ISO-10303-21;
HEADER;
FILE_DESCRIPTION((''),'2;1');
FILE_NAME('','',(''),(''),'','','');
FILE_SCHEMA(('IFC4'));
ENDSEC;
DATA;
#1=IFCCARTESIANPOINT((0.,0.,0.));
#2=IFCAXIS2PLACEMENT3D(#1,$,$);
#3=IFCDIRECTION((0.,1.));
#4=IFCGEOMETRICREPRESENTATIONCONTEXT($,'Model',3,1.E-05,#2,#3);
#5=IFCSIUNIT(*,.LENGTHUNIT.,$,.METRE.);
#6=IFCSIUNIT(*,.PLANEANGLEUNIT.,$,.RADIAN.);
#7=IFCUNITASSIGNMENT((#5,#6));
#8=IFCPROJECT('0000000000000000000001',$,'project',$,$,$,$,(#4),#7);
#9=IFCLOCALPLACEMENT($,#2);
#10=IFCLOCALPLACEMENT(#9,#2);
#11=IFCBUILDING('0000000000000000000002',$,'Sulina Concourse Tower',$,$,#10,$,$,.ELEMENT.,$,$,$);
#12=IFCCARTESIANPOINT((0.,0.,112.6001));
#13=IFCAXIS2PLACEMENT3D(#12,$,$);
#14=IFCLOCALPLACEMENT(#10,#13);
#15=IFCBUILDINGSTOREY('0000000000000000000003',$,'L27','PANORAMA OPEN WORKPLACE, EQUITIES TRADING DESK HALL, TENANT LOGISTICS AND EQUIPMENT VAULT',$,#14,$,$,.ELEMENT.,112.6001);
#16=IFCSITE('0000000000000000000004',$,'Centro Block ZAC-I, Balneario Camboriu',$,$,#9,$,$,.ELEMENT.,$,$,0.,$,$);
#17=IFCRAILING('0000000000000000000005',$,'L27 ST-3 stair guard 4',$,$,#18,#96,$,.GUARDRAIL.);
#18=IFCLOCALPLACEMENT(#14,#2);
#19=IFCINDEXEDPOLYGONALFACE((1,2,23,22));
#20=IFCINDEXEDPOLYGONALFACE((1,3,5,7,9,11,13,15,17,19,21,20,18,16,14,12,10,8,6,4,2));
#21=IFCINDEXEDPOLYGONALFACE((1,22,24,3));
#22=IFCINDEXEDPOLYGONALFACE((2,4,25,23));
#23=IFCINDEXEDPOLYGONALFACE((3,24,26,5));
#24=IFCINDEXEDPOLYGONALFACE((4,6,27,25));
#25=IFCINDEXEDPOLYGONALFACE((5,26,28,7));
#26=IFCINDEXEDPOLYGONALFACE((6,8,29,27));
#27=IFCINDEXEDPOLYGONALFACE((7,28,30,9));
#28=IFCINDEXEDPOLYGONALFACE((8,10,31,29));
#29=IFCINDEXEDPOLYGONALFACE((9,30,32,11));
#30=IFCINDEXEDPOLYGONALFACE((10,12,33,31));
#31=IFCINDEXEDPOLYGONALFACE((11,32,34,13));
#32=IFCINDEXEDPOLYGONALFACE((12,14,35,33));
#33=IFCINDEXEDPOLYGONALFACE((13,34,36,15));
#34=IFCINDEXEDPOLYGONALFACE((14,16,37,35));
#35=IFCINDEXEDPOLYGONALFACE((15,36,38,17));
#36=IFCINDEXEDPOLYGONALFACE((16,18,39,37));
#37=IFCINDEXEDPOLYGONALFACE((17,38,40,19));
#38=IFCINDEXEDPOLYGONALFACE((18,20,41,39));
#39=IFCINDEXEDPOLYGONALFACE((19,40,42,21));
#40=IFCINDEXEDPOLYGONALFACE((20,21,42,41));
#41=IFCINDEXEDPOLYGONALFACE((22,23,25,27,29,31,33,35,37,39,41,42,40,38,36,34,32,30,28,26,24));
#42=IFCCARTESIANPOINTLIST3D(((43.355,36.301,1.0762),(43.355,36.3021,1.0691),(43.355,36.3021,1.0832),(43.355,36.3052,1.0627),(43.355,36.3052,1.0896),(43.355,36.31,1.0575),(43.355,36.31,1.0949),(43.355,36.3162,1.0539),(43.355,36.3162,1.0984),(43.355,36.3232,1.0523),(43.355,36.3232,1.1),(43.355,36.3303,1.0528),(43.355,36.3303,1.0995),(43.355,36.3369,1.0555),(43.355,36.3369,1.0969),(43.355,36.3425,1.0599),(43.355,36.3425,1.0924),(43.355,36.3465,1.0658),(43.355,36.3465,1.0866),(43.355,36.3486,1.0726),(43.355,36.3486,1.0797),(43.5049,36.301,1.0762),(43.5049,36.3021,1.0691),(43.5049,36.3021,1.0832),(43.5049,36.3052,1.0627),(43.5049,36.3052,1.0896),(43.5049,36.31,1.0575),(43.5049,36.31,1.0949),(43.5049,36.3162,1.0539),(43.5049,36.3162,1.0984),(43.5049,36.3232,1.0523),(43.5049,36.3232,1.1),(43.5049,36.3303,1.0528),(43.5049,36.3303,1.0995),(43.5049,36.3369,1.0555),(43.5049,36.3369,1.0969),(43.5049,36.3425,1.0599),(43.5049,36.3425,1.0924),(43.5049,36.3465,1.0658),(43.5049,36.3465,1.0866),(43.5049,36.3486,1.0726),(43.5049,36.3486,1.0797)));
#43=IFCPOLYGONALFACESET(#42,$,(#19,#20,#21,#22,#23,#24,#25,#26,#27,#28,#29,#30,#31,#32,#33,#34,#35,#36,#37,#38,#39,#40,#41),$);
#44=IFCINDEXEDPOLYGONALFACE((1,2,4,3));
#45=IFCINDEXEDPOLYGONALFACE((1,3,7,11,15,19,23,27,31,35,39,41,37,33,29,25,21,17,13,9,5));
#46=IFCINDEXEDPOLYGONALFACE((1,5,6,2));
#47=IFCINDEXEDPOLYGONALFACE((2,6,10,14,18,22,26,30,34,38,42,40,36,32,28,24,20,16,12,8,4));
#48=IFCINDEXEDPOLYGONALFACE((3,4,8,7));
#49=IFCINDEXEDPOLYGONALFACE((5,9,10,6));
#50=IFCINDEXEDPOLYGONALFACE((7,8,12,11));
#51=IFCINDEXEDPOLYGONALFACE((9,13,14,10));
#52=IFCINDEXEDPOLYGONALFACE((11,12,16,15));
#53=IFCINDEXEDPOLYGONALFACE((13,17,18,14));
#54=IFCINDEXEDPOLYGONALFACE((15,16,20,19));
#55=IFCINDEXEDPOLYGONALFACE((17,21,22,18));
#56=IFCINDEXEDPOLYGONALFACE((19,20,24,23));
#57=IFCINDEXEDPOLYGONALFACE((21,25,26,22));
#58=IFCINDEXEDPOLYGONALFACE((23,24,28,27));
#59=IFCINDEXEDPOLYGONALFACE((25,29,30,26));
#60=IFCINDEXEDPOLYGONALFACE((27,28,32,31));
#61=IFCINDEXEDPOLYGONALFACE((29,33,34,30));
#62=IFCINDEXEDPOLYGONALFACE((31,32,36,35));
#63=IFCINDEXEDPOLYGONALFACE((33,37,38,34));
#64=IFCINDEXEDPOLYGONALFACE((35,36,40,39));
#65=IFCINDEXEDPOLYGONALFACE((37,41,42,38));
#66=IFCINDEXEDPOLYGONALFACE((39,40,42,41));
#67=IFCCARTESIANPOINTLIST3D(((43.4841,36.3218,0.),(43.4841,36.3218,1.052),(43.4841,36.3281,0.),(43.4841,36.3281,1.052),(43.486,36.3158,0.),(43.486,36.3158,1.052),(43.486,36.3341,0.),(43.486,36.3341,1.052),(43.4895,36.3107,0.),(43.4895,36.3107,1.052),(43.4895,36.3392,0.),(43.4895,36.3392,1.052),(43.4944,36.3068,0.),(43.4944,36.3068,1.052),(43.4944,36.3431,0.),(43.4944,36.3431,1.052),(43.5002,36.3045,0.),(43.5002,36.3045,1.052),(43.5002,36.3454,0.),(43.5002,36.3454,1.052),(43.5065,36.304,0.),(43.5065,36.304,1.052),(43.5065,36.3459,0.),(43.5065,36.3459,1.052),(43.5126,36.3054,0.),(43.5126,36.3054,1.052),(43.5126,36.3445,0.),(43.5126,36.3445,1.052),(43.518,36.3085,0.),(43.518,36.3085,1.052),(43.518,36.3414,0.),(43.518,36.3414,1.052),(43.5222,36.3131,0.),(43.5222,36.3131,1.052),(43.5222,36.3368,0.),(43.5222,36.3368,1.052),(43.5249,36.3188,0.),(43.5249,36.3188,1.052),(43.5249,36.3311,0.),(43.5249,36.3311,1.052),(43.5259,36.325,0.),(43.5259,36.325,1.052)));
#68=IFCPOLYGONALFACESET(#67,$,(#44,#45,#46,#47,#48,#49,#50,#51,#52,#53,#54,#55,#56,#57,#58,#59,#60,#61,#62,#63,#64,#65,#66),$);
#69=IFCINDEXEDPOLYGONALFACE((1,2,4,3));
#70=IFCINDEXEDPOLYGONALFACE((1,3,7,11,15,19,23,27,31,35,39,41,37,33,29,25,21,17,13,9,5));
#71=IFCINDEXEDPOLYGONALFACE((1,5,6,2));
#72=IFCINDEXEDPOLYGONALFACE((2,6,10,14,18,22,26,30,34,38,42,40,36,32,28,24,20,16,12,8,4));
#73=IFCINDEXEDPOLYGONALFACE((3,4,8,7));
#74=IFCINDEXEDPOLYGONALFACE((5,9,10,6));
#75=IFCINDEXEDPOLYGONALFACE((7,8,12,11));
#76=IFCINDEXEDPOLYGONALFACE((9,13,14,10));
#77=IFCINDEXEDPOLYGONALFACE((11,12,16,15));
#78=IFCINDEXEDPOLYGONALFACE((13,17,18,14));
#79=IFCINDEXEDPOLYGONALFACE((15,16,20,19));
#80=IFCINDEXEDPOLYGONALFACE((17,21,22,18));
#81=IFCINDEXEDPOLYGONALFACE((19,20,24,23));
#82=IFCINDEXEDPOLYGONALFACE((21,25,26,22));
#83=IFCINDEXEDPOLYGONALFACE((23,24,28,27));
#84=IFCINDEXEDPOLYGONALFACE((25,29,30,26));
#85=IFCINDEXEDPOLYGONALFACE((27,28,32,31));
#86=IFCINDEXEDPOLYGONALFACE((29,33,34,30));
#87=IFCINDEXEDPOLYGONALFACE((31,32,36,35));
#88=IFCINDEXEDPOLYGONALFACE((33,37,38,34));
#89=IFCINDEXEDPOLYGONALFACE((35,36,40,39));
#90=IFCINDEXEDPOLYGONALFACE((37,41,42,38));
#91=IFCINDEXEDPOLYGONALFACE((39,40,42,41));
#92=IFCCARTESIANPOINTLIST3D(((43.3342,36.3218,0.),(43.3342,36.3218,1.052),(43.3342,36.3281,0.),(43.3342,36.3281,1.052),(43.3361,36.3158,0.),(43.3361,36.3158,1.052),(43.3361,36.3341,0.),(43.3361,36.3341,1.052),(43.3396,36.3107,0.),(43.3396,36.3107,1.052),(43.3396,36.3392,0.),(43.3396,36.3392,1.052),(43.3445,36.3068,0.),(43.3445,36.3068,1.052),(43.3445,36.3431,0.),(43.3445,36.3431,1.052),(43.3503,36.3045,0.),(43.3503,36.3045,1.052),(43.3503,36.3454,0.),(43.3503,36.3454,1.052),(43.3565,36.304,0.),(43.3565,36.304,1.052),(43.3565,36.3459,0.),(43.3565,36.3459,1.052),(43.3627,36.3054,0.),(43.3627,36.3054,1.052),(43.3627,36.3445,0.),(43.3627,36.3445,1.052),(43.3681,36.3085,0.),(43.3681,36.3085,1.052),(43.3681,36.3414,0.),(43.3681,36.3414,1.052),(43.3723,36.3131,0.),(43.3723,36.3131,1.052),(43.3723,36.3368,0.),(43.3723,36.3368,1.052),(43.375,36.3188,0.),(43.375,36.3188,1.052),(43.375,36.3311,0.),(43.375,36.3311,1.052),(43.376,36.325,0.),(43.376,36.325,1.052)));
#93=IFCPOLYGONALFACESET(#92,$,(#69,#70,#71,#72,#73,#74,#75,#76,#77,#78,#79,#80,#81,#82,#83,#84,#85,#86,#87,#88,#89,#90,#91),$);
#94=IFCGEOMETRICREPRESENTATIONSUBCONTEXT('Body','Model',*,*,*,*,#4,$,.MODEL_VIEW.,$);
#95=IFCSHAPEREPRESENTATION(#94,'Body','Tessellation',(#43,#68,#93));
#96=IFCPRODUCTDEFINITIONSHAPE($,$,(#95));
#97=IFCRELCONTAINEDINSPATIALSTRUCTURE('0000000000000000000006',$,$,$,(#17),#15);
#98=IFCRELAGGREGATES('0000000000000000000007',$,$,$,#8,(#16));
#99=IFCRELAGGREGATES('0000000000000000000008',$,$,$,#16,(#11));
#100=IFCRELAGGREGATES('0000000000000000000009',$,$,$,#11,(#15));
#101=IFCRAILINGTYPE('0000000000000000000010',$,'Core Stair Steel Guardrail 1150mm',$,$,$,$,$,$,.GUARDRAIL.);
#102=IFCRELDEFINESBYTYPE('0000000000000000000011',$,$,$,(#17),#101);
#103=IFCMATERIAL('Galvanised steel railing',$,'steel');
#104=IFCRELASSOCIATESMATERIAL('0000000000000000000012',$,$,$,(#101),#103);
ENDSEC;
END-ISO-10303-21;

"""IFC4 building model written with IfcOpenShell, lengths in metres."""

from ifc_helpers import new_model, si_unit, direction, frame, origin, origin_2d, place, context, subcontext, project, spatial, circle, extrude, material, type_object, element, save


model = new_model("IFC4")

# Units and contexts
model_context = context("Model", 3, precision=1e-05, world=origin(), true_north=direction((0.0, 1.0)))
body_context = subcontext(model_context, "Body", "Model", "MODEL_VIEW")
ifc_project = project(units=[si_unit("LENGTHUNIT", "METRE"), si_unit("PLANEANGLEUNIT", "RADIAN")], contexts=[model_context])

# Site, building, storey
site_placement = place(None, origin())
site = spatial("IfcSite", under=ifc_project, at=site_placement, Name="Centro Block ZAC-I, Balneario Camboriu", CompositionType="ELEMENT", RefElevation=0.0)
building_placement = place(site_placement, origin())
building = spatial("IfcBuilding", under=site, at=building_placement, Name="Sulina Concourse Tower", CompositionType="ELEMENT")
storey_placement = place(building_placement, frame((0.0, 0.0, 112.6001)))
storey = spatial("IfcBuildingStorey", under=building, at=storey_placement, Name="L27", Description="PANORAMA OPEN WORKPLACE, EQUITIES TRADING DESK HALL, TENANT LOGISTICS AND EQUIPMENT VAULT", CompositionType="ELEMENT", Elevation=112.6001)

# Railing
ifc_material_1 = material(Name="Galvanised steel railing", Category="steel")
railing_type_1 = type_object("IfcRailingType", Name="Core Stair Steel Guardrail 1150mm", PredefinedType="GUARDRAIL", material=ifc_material_1)
railing_1_placement = place(storey_placement, frame((43.5049, 36.325, 0.0)))
element("IfcRailing", 1, at=railing_1_placement, inside=storey, type_object=railing_type_1, Name="L27 ST-3 stair guard 4", PredefinedType="GUARDRAIL", context=body_context, shape_type="SweptSolid", body=[
    extrude(circle(Radius=0.0239, at=origin_2d()), frame((0.0, 0.0, 1.0762), z_axis=(-1.0, 0.0, 0.0), x_axis=(0.0, -1.0, 0.0)), (0.0, 0.0, 1.0), 0.1499),
    extrude(circle(Radius=0.021, at=origin_2d()), origin(), (0.0, 0.0, 1.0), 1.052),
    extrude(circle(Radius=0.021, at=origin_2d()), frame((-0.1499, 0.0, 0.0)), (0.0, 0.0, 1.0), 1.052),
])

save(model, "model.ifc")
